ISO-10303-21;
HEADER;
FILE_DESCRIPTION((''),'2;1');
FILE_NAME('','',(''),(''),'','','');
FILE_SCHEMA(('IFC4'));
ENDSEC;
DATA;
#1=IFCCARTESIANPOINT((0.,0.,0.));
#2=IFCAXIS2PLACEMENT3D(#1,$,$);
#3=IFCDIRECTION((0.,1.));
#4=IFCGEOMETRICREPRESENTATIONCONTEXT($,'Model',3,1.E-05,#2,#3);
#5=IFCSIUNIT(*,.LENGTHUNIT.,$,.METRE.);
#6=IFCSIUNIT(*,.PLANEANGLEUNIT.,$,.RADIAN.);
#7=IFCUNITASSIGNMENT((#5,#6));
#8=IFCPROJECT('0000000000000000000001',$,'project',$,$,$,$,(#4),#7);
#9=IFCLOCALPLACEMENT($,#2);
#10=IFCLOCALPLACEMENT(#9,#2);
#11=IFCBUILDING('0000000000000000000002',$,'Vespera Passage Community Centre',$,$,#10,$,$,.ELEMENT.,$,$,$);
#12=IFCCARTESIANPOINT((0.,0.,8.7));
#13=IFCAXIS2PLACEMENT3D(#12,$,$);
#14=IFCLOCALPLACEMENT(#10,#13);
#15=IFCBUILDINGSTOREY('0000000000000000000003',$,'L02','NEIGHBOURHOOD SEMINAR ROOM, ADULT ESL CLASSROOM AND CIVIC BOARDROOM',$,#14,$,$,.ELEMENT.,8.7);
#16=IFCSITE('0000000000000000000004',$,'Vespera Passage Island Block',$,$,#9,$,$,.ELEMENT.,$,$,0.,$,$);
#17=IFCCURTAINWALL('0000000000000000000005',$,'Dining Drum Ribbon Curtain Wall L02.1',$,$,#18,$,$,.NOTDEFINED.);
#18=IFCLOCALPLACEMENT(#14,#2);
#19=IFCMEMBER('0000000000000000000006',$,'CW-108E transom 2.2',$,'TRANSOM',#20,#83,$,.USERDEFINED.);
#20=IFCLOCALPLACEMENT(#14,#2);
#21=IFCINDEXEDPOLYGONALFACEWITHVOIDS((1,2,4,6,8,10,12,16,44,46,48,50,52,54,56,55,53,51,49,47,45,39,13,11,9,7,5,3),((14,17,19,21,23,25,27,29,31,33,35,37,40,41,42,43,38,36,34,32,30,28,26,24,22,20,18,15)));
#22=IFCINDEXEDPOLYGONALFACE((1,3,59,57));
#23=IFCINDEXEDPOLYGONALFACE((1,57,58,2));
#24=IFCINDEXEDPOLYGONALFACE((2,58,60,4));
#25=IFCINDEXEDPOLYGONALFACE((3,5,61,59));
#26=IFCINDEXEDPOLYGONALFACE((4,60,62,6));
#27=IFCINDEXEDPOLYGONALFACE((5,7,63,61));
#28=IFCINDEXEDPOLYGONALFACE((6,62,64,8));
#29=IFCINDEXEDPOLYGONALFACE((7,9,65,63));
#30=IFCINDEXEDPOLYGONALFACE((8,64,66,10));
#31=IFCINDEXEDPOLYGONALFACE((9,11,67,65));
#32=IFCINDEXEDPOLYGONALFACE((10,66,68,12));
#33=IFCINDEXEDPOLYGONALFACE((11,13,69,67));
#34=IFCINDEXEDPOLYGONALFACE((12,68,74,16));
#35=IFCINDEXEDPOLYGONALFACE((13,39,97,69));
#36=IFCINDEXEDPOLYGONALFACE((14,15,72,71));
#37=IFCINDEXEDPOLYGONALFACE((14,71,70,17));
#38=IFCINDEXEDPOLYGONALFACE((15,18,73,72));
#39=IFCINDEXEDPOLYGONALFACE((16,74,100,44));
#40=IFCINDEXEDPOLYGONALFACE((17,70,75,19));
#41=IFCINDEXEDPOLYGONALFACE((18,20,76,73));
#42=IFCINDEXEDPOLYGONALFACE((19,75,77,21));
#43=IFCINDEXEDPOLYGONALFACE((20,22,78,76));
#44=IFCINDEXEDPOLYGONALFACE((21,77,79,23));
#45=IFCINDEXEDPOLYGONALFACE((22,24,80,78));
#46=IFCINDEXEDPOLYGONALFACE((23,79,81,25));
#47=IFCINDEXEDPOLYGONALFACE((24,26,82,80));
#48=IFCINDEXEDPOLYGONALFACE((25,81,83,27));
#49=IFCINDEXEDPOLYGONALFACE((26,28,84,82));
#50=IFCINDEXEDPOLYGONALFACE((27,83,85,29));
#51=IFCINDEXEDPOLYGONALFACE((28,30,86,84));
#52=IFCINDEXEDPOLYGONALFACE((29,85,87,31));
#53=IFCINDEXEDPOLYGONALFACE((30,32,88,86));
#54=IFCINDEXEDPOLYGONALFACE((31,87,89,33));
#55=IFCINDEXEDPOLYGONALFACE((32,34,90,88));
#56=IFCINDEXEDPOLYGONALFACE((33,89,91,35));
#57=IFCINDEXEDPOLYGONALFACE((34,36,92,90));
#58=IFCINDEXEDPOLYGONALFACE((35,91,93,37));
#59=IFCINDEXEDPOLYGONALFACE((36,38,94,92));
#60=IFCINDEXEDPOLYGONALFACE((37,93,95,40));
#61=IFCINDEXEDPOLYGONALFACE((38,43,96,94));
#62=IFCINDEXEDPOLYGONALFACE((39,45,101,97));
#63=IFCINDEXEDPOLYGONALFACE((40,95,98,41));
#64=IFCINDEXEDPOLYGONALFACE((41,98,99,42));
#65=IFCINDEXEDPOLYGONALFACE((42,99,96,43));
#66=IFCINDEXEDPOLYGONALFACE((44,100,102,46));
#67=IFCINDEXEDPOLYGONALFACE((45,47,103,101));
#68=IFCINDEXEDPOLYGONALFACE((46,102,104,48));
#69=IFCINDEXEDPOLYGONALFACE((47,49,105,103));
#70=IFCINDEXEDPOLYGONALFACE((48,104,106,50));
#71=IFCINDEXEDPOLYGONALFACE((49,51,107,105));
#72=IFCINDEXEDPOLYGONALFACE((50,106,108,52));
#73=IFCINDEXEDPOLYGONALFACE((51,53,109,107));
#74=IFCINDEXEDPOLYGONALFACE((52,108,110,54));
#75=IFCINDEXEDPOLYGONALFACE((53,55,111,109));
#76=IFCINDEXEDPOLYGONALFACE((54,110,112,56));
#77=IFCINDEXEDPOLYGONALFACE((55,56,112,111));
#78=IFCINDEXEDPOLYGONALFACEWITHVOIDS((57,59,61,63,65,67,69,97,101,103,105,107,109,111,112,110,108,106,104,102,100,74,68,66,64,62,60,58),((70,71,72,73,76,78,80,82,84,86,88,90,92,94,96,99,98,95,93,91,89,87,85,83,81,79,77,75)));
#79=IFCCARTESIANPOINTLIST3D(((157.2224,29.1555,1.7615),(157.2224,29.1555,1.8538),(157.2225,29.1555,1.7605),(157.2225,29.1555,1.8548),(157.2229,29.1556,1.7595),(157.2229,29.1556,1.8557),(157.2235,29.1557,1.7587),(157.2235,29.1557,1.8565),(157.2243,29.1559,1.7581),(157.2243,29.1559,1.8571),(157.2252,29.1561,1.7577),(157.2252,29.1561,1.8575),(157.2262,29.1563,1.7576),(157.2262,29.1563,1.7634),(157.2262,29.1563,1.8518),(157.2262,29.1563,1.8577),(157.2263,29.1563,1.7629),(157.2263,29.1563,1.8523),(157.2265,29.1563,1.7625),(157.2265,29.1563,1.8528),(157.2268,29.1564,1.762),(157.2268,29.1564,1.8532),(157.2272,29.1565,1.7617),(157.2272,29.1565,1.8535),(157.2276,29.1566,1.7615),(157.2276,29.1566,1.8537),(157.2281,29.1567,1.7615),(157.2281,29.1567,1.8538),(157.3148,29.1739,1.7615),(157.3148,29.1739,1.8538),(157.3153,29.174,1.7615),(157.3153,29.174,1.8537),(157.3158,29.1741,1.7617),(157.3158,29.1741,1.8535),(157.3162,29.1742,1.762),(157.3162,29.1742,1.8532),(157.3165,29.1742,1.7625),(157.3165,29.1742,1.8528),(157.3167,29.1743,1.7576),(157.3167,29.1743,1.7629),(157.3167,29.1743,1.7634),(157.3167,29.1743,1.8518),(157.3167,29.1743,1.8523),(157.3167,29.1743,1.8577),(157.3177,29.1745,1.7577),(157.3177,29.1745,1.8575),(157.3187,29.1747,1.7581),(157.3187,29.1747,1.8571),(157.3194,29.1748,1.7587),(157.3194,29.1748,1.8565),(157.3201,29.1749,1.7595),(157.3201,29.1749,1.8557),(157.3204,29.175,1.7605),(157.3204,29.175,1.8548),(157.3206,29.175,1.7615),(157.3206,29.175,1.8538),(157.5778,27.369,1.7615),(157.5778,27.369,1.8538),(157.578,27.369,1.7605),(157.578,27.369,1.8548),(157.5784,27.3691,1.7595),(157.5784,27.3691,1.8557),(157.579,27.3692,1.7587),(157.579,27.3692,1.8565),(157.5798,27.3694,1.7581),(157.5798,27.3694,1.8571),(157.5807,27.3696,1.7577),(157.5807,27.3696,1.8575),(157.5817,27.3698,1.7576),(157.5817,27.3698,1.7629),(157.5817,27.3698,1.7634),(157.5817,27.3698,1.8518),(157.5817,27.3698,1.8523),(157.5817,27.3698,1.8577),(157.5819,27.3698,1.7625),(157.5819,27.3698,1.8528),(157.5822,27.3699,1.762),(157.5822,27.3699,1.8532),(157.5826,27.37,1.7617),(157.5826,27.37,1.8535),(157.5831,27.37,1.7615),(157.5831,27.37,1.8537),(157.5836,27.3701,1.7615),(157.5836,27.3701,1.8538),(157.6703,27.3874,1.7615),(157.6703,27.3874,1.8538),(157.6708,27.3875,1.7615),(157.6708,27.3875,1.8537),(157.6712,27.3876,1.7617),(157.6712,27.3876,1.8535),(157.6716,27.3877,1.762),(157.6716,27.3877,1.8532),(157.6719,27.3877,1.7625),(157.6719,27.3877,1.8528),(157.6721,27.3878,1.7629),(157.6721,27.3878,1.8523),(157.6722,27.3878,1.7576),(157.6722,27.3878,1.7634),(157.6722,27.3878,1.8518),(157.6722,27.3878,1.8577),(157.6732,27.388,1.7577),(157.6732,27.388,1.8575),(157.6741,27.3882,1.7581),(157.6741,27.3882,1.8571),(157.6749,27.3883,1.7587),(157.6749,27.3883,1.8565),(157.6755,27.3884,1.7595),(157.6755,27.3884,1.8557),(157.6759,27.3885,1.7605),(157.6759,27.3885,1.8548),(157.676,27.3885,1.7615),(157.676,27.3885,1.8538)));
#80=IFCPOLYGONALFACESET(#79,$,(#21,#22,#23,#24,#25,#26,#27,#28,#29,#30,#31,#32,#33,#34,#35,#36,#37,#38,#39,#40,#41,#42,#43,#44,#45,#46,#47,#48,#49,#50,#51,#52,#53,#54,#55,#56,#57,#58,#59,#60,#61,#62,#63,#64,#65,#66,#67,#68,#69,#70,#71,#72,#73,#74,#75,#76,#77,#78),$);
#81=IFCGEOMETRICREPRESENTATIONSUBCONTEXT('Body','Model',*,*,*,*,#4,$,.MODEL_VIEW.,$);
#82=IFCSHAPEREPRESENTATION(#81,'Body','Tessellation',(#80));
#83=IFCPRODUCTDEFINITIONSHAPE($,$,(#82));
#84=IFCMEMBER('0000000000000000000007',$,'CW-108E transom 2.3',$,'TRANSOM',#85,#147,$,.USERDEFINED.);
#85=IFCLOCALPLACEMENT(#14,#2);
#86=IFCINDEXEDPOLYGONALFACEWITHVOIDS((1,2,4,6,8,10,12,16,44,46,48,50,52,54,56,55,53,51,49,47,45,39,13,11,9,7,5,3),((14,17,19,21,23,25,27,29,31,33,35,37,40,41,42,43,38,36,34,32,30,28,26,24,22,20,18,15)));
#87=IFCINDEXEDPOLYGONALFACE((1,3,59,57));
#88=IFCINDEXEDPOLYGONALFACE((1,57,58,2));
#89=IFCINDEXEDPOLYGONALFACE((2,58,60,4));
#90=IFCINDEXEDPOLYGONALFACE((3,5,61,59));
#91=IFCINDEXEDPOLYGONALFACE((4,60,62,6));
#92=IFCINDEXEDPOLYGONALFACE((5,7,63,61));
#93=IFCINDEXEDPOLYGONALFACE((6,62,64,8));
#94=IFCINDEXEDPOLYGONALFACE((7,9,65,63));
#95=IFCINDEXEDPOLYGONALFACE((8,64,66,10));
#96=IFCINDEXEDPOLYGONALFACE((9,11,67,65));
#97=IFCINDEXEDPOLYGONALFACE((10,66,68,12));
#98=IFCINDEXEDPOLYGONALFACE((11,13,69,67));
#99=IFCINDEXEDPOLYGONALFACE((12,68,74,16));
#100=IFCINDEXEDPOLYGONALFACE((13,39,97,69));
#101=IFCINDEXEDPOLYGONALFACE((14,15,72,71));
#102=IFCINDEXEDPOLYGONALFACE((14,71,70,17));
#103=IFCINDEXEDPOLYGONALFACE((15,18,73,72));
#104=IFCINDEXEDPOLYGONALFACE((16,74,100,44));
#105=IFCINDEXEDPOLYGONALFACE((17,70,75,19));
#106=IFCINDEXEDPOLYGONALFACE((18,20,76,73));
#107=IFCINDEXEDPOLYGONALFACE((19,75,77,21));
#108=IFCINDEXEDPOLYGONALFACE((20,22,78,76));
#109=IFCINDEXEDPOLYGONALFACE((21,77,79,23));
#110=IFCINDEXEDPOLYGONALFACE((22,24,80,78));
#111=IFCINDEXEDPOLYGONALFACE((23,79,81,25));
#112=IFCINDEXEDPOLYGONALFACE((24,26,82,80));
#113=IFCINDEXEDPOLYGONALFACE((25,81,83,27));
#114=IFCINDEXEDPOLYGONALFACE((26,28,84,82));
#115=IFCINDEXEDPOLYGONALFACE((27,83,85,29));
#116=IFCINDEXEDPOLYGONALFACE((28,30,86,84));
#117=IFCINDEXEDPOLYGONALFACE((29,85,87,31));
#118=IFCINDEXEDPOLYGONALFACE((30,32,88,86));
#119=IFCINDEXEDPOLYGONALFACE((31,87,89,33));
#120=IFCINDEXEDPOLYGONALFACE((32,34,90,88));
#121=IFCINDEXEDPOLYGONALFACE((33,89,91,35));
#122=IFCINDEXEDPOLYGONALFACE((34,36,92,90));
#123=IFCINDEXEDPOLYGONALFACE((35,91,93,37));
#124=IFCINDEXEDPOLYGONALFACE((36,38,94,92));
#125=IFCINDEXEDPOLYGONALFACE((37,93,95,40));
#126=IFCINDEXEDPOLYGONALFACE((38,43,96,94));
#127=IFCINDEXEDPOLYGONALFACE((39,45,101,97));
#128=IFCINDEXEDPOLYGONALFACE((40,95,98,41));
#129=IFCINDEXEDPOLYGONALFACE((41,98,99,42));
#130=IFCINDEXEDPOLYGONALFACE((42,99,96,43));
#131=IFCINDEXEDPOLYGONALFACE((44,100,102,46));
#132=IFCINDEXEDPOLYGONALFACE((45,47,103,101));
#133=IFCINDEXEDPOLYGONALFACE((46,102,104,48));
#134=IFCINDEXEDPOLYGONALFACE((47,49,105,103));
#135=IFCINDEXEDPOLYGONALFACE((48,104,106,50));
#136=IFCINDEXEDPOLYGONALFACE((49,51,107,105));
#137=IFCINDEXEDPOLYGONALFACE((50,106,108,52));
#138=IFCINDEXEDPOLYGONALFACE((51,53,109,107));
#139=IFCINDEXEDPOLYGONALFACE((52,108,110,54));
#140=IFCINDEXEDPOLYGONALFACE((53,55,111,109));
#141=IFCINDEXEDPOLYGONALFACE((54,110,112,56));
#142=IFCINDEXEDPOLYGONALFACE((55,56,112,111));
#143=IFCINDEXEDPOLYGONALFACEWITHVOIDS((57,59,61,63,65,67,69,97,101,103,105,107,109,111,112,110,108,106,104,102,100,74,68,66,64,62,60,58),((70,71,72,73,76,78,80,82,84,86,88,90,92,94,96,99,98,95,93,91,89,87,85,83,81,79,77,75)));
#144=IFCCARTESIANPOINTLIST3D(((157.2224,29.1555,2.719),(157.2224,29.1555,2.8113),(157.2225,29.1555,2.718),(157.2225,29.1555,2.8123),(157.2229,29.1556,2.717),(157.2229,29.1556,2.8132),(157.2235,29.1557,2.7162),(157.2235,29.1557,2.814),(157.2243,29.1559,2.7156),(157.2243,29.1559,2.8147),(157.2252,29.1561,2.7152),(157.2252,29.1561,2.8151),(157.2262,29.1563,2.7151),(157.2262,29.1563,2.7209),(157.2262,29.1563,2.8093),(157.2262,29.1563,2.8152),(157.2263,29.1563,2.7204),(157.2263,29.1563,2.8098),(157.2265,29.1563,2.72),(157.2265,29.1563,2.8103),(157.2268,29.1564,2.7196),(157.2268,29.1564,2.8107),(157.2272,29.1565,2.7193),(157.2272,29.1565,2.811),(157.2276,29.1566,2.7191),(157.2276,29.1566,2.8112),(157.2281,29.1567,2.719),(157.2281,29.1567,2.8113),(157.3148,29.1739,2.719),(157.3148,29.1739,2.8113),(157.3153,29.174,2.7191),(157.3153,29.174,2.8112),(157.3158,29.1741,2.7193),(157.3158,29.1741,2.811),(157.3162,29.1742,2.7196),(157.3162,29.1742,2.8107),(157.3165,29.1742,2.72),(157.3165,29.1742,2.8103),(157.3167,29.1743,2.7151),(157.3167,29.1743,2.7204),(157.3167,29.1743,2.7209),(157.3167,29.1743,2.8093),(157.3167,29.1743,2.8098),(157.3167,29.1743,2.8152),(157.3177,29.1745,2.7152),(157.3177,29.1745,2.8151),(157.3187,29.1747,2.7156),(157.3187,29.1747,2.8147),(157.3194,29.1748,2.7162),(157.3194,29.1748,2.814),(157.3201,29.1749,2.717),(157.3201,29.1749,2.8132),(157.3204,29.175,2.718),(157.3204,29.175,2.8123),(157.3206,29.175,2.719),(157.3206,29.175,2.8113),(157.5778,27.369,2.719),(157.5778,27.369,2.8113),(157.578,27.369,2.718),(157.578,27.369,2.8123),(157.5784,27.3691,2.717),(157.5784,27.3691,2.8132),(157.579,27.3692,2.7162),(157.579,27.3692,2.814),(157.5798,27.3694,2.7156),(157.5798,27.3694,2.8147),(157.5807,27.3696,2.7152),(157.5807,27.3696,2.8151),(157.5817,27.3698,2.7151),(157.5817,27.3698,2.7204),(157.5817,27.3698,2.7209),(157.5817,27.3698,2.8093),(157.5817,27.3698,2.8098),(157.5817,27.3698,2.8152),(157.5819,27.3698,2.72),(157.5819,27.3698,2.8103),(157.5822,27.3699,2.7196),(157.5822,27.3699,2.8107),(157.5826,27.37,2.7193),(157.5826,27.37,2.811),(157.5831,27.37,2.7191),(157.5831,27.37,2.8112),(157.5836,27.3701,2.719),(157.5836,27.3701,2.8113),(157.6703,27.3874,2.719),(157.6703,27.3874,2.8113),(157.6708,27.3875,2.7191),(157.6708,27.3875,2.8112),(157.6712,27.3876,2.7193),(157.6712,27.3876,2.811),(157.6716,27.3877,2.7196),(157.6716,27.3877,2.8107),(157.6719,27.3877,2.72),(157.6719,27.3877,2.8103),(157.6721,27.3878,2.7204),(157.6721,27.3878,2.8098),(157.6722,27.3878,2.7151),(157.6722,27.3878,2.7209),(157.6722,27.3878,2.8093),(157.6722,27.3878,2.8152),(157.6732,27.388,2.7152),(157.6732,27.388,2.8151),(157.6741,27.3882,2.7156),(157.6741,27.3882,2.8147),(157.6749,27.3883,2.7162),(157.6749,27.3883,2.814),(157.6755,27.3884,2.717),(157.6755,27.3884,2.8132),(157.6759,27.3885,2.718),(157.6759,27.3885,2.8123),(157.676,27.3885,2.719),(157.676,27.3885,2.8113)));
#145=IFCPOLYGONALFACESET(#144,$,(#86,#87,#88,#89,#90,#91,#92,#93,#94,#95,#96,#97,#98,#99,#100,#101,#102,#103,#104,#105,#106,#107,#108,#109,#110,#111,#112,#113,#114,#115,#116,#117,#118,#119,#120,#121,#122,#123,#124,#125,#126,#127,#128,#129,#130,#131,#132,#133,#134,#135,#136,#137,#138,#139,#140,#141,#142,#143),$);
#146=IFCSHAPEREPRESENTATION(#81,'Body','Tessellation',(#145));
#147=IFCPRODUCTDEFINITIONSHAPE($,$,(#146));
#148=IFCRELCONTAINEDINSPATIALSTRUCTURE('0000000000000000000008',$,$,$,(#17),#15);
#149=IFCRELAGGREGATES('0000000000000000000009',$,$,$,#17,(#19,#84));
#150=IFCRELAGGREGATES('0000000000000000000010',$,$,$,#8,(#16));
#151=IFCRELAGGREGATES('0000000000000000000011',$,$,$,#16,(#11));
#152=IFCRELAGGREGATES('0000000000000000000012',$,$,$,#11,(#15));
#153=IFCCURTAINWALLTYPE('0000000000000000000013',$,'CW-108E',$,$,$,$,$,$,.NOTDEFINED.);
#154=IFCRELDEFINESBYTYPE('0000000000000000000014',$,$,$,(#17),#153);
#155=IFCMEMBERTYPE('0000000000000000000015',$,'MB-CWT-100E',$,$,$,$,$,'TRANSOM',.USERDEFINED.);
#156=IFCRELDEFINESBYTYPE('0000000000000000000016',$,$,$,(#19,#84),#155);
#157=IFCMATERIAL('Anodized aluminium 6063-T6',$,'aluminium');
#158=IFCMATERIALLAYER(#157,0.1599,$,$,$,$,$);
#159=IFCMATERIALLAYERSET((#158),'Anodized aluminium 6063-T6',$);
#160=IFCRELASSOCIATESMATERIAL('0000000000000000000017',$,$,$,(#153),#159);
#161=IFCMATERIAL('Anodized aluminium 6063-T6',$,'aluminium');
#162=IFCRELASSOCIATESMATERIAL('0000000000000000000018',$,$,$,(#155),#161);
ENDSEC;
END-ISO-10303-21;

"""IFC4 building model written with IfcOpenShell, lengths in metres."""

from ifc_helpers import new_model, si_unit, direction, frame, origin, origin_2d, place, context, subcontext, project, spatial, hollow_rectangle, extrude, material, layer, layer_set, material_profile, profile_set, type_object, element, aggregate, save


model = new_model("IFC4")

# Units and contexts
model_context = context("Model", 3, precision=1e-05, world=origin(), true_north=direction((0.0, 1.0)))
body_context = subcontext(model_context, "Body", "Model", "MODEL_VIEW")
ifc_project = project(units=[si_unit("LENGTHUNIT", "METRE"), si_unit("PLANEANGLEUNIT", "RADIAN")], contexts=[model_context])

# Site, building, storey
site_placement = place(None, origin())
site = spatial("IfcSite", under=ifc_project, at=site_placement, Name="Vespera Passage Island Block", CompositionType="ELEMENT", RefElevation=0.0)
building_placement = place(site_placement, origin())
building = spatial("IfcBuilding", under=site, at=building_placement, Name="Vespera Passage Community Centre", CompositionType="ELEMENT")
storey_placement = place(building_placement, frame((0.0, 0.0, 8.7)))
storey = spatial("IfcBuildingStorey", under=building, at=storey_placement, Name="L02", Description="NEIGHBOURHOOD SEMINAR ROOM, ADULT ESL CLASSROOM AND CIVIC BOARDROOM", CompositionType="ELEMENT", Elevation=8.7)

# Curtain wall
ifc_material_1 = material(Name="Anodized aluminium 6063-T6", Category="aluminium")
ifc_layer_1 = layer(ifc_material_1, 0.1599)
ifc_layer_set_1 = layer_set([ifc_layer_1], Name="Anodized aluminium 6063-T6")
curtain_wall_type = type_object("IfcCurtainWallType", Name="CW-108E", PredefinedType="NOTDEFINED", material=ifc_layer_set_1)
curtain_wall_1_placement = place(storey_placement, origin())
curtain_wall_1 = element("IfcCurtainWall", 1, at=curtain_wall_1_placement, inside=storey, type_object=curtain_wall_type, Name="Dining Drum Ribbon Curtain Wall L02.1", PredefinedType="NOTDEFINED")

# Members
ifc_material_2 = material(Name="Anodized aluminium 6063-T6", Category="aluminium")
ifc_material_profile_1 = material_profile(ifc_material_2, hollow_rectangle(XDim=0.1001, YDim=0.1001, WallThickness=0.0039, InnerFilletRadius=0.002, OuterFilletRadius=0.0039, at=origin_2d()), Name="ALU100X100X4")
ifc_profile_set_1 = profile_set([ifc_material_profile_1], Name="Anodized aluminium 6063-T6")
member_type_1 = type_object("IfcMemberType", Name="MB-CWT-100E", ElementType="TRANSOM", PredefinedType="USERDEFINED", material=ifc_profile_set_1)
member_1_placement = place(storey_placement, frame((157.2715, 29.1653, 1.8076), z_axis=(0.195137, -0.980776, 0.0), x_axis=(0.980776, 0.195137, 0.0)))
member_1 = element("IfcMember", 2, at=member_1_placement, type_object=member_type_1, Name="CW-108E transom 2.2", ObjectType="TRANSOM", PredefinedType="USERDEFINED", context=body_context, shape_type="SweptSolid", body=[
    extrude(hollow_rectangle(XDim=0.1001, YDim=0.1001, WallThickness=0.0039, InnerFilletRadius=0.002, OuterFilletRadius=0.0039, at=origin_2d()), origin(), (0.0, 0.0, 1.0), 1.8215),
])
member_2_placement = place(storey_placement, frame((157.2715, 29.1653, 2.7651), z_axis=(0.195137, -0.980776, 0.0), x_axis=(0.980776, 0.195137, 0.0)))
member_2 = element("IfcMember", 3, at=member_2_placement, type_object=member_type_1, Name="CW-108E transom 2.3", ObjectType="TRANSOM", PredefinedType="USERDEFINED", context=body_context, shape_type="SweptSolid", body=[
    extrude(hollow_rectangle(XDim=0.1001, YDim=0.1001, WallThickness=0.0039, InnerFilletRadius=0.002, OuterFilletRadius=0.0039, at=origin_2d()), origin(), (0.0, 0.0, 1.0), 1.8215),
])

aggregate(curtain_wall_1, [member_1, member_2])

save(model, "model.ifc")
